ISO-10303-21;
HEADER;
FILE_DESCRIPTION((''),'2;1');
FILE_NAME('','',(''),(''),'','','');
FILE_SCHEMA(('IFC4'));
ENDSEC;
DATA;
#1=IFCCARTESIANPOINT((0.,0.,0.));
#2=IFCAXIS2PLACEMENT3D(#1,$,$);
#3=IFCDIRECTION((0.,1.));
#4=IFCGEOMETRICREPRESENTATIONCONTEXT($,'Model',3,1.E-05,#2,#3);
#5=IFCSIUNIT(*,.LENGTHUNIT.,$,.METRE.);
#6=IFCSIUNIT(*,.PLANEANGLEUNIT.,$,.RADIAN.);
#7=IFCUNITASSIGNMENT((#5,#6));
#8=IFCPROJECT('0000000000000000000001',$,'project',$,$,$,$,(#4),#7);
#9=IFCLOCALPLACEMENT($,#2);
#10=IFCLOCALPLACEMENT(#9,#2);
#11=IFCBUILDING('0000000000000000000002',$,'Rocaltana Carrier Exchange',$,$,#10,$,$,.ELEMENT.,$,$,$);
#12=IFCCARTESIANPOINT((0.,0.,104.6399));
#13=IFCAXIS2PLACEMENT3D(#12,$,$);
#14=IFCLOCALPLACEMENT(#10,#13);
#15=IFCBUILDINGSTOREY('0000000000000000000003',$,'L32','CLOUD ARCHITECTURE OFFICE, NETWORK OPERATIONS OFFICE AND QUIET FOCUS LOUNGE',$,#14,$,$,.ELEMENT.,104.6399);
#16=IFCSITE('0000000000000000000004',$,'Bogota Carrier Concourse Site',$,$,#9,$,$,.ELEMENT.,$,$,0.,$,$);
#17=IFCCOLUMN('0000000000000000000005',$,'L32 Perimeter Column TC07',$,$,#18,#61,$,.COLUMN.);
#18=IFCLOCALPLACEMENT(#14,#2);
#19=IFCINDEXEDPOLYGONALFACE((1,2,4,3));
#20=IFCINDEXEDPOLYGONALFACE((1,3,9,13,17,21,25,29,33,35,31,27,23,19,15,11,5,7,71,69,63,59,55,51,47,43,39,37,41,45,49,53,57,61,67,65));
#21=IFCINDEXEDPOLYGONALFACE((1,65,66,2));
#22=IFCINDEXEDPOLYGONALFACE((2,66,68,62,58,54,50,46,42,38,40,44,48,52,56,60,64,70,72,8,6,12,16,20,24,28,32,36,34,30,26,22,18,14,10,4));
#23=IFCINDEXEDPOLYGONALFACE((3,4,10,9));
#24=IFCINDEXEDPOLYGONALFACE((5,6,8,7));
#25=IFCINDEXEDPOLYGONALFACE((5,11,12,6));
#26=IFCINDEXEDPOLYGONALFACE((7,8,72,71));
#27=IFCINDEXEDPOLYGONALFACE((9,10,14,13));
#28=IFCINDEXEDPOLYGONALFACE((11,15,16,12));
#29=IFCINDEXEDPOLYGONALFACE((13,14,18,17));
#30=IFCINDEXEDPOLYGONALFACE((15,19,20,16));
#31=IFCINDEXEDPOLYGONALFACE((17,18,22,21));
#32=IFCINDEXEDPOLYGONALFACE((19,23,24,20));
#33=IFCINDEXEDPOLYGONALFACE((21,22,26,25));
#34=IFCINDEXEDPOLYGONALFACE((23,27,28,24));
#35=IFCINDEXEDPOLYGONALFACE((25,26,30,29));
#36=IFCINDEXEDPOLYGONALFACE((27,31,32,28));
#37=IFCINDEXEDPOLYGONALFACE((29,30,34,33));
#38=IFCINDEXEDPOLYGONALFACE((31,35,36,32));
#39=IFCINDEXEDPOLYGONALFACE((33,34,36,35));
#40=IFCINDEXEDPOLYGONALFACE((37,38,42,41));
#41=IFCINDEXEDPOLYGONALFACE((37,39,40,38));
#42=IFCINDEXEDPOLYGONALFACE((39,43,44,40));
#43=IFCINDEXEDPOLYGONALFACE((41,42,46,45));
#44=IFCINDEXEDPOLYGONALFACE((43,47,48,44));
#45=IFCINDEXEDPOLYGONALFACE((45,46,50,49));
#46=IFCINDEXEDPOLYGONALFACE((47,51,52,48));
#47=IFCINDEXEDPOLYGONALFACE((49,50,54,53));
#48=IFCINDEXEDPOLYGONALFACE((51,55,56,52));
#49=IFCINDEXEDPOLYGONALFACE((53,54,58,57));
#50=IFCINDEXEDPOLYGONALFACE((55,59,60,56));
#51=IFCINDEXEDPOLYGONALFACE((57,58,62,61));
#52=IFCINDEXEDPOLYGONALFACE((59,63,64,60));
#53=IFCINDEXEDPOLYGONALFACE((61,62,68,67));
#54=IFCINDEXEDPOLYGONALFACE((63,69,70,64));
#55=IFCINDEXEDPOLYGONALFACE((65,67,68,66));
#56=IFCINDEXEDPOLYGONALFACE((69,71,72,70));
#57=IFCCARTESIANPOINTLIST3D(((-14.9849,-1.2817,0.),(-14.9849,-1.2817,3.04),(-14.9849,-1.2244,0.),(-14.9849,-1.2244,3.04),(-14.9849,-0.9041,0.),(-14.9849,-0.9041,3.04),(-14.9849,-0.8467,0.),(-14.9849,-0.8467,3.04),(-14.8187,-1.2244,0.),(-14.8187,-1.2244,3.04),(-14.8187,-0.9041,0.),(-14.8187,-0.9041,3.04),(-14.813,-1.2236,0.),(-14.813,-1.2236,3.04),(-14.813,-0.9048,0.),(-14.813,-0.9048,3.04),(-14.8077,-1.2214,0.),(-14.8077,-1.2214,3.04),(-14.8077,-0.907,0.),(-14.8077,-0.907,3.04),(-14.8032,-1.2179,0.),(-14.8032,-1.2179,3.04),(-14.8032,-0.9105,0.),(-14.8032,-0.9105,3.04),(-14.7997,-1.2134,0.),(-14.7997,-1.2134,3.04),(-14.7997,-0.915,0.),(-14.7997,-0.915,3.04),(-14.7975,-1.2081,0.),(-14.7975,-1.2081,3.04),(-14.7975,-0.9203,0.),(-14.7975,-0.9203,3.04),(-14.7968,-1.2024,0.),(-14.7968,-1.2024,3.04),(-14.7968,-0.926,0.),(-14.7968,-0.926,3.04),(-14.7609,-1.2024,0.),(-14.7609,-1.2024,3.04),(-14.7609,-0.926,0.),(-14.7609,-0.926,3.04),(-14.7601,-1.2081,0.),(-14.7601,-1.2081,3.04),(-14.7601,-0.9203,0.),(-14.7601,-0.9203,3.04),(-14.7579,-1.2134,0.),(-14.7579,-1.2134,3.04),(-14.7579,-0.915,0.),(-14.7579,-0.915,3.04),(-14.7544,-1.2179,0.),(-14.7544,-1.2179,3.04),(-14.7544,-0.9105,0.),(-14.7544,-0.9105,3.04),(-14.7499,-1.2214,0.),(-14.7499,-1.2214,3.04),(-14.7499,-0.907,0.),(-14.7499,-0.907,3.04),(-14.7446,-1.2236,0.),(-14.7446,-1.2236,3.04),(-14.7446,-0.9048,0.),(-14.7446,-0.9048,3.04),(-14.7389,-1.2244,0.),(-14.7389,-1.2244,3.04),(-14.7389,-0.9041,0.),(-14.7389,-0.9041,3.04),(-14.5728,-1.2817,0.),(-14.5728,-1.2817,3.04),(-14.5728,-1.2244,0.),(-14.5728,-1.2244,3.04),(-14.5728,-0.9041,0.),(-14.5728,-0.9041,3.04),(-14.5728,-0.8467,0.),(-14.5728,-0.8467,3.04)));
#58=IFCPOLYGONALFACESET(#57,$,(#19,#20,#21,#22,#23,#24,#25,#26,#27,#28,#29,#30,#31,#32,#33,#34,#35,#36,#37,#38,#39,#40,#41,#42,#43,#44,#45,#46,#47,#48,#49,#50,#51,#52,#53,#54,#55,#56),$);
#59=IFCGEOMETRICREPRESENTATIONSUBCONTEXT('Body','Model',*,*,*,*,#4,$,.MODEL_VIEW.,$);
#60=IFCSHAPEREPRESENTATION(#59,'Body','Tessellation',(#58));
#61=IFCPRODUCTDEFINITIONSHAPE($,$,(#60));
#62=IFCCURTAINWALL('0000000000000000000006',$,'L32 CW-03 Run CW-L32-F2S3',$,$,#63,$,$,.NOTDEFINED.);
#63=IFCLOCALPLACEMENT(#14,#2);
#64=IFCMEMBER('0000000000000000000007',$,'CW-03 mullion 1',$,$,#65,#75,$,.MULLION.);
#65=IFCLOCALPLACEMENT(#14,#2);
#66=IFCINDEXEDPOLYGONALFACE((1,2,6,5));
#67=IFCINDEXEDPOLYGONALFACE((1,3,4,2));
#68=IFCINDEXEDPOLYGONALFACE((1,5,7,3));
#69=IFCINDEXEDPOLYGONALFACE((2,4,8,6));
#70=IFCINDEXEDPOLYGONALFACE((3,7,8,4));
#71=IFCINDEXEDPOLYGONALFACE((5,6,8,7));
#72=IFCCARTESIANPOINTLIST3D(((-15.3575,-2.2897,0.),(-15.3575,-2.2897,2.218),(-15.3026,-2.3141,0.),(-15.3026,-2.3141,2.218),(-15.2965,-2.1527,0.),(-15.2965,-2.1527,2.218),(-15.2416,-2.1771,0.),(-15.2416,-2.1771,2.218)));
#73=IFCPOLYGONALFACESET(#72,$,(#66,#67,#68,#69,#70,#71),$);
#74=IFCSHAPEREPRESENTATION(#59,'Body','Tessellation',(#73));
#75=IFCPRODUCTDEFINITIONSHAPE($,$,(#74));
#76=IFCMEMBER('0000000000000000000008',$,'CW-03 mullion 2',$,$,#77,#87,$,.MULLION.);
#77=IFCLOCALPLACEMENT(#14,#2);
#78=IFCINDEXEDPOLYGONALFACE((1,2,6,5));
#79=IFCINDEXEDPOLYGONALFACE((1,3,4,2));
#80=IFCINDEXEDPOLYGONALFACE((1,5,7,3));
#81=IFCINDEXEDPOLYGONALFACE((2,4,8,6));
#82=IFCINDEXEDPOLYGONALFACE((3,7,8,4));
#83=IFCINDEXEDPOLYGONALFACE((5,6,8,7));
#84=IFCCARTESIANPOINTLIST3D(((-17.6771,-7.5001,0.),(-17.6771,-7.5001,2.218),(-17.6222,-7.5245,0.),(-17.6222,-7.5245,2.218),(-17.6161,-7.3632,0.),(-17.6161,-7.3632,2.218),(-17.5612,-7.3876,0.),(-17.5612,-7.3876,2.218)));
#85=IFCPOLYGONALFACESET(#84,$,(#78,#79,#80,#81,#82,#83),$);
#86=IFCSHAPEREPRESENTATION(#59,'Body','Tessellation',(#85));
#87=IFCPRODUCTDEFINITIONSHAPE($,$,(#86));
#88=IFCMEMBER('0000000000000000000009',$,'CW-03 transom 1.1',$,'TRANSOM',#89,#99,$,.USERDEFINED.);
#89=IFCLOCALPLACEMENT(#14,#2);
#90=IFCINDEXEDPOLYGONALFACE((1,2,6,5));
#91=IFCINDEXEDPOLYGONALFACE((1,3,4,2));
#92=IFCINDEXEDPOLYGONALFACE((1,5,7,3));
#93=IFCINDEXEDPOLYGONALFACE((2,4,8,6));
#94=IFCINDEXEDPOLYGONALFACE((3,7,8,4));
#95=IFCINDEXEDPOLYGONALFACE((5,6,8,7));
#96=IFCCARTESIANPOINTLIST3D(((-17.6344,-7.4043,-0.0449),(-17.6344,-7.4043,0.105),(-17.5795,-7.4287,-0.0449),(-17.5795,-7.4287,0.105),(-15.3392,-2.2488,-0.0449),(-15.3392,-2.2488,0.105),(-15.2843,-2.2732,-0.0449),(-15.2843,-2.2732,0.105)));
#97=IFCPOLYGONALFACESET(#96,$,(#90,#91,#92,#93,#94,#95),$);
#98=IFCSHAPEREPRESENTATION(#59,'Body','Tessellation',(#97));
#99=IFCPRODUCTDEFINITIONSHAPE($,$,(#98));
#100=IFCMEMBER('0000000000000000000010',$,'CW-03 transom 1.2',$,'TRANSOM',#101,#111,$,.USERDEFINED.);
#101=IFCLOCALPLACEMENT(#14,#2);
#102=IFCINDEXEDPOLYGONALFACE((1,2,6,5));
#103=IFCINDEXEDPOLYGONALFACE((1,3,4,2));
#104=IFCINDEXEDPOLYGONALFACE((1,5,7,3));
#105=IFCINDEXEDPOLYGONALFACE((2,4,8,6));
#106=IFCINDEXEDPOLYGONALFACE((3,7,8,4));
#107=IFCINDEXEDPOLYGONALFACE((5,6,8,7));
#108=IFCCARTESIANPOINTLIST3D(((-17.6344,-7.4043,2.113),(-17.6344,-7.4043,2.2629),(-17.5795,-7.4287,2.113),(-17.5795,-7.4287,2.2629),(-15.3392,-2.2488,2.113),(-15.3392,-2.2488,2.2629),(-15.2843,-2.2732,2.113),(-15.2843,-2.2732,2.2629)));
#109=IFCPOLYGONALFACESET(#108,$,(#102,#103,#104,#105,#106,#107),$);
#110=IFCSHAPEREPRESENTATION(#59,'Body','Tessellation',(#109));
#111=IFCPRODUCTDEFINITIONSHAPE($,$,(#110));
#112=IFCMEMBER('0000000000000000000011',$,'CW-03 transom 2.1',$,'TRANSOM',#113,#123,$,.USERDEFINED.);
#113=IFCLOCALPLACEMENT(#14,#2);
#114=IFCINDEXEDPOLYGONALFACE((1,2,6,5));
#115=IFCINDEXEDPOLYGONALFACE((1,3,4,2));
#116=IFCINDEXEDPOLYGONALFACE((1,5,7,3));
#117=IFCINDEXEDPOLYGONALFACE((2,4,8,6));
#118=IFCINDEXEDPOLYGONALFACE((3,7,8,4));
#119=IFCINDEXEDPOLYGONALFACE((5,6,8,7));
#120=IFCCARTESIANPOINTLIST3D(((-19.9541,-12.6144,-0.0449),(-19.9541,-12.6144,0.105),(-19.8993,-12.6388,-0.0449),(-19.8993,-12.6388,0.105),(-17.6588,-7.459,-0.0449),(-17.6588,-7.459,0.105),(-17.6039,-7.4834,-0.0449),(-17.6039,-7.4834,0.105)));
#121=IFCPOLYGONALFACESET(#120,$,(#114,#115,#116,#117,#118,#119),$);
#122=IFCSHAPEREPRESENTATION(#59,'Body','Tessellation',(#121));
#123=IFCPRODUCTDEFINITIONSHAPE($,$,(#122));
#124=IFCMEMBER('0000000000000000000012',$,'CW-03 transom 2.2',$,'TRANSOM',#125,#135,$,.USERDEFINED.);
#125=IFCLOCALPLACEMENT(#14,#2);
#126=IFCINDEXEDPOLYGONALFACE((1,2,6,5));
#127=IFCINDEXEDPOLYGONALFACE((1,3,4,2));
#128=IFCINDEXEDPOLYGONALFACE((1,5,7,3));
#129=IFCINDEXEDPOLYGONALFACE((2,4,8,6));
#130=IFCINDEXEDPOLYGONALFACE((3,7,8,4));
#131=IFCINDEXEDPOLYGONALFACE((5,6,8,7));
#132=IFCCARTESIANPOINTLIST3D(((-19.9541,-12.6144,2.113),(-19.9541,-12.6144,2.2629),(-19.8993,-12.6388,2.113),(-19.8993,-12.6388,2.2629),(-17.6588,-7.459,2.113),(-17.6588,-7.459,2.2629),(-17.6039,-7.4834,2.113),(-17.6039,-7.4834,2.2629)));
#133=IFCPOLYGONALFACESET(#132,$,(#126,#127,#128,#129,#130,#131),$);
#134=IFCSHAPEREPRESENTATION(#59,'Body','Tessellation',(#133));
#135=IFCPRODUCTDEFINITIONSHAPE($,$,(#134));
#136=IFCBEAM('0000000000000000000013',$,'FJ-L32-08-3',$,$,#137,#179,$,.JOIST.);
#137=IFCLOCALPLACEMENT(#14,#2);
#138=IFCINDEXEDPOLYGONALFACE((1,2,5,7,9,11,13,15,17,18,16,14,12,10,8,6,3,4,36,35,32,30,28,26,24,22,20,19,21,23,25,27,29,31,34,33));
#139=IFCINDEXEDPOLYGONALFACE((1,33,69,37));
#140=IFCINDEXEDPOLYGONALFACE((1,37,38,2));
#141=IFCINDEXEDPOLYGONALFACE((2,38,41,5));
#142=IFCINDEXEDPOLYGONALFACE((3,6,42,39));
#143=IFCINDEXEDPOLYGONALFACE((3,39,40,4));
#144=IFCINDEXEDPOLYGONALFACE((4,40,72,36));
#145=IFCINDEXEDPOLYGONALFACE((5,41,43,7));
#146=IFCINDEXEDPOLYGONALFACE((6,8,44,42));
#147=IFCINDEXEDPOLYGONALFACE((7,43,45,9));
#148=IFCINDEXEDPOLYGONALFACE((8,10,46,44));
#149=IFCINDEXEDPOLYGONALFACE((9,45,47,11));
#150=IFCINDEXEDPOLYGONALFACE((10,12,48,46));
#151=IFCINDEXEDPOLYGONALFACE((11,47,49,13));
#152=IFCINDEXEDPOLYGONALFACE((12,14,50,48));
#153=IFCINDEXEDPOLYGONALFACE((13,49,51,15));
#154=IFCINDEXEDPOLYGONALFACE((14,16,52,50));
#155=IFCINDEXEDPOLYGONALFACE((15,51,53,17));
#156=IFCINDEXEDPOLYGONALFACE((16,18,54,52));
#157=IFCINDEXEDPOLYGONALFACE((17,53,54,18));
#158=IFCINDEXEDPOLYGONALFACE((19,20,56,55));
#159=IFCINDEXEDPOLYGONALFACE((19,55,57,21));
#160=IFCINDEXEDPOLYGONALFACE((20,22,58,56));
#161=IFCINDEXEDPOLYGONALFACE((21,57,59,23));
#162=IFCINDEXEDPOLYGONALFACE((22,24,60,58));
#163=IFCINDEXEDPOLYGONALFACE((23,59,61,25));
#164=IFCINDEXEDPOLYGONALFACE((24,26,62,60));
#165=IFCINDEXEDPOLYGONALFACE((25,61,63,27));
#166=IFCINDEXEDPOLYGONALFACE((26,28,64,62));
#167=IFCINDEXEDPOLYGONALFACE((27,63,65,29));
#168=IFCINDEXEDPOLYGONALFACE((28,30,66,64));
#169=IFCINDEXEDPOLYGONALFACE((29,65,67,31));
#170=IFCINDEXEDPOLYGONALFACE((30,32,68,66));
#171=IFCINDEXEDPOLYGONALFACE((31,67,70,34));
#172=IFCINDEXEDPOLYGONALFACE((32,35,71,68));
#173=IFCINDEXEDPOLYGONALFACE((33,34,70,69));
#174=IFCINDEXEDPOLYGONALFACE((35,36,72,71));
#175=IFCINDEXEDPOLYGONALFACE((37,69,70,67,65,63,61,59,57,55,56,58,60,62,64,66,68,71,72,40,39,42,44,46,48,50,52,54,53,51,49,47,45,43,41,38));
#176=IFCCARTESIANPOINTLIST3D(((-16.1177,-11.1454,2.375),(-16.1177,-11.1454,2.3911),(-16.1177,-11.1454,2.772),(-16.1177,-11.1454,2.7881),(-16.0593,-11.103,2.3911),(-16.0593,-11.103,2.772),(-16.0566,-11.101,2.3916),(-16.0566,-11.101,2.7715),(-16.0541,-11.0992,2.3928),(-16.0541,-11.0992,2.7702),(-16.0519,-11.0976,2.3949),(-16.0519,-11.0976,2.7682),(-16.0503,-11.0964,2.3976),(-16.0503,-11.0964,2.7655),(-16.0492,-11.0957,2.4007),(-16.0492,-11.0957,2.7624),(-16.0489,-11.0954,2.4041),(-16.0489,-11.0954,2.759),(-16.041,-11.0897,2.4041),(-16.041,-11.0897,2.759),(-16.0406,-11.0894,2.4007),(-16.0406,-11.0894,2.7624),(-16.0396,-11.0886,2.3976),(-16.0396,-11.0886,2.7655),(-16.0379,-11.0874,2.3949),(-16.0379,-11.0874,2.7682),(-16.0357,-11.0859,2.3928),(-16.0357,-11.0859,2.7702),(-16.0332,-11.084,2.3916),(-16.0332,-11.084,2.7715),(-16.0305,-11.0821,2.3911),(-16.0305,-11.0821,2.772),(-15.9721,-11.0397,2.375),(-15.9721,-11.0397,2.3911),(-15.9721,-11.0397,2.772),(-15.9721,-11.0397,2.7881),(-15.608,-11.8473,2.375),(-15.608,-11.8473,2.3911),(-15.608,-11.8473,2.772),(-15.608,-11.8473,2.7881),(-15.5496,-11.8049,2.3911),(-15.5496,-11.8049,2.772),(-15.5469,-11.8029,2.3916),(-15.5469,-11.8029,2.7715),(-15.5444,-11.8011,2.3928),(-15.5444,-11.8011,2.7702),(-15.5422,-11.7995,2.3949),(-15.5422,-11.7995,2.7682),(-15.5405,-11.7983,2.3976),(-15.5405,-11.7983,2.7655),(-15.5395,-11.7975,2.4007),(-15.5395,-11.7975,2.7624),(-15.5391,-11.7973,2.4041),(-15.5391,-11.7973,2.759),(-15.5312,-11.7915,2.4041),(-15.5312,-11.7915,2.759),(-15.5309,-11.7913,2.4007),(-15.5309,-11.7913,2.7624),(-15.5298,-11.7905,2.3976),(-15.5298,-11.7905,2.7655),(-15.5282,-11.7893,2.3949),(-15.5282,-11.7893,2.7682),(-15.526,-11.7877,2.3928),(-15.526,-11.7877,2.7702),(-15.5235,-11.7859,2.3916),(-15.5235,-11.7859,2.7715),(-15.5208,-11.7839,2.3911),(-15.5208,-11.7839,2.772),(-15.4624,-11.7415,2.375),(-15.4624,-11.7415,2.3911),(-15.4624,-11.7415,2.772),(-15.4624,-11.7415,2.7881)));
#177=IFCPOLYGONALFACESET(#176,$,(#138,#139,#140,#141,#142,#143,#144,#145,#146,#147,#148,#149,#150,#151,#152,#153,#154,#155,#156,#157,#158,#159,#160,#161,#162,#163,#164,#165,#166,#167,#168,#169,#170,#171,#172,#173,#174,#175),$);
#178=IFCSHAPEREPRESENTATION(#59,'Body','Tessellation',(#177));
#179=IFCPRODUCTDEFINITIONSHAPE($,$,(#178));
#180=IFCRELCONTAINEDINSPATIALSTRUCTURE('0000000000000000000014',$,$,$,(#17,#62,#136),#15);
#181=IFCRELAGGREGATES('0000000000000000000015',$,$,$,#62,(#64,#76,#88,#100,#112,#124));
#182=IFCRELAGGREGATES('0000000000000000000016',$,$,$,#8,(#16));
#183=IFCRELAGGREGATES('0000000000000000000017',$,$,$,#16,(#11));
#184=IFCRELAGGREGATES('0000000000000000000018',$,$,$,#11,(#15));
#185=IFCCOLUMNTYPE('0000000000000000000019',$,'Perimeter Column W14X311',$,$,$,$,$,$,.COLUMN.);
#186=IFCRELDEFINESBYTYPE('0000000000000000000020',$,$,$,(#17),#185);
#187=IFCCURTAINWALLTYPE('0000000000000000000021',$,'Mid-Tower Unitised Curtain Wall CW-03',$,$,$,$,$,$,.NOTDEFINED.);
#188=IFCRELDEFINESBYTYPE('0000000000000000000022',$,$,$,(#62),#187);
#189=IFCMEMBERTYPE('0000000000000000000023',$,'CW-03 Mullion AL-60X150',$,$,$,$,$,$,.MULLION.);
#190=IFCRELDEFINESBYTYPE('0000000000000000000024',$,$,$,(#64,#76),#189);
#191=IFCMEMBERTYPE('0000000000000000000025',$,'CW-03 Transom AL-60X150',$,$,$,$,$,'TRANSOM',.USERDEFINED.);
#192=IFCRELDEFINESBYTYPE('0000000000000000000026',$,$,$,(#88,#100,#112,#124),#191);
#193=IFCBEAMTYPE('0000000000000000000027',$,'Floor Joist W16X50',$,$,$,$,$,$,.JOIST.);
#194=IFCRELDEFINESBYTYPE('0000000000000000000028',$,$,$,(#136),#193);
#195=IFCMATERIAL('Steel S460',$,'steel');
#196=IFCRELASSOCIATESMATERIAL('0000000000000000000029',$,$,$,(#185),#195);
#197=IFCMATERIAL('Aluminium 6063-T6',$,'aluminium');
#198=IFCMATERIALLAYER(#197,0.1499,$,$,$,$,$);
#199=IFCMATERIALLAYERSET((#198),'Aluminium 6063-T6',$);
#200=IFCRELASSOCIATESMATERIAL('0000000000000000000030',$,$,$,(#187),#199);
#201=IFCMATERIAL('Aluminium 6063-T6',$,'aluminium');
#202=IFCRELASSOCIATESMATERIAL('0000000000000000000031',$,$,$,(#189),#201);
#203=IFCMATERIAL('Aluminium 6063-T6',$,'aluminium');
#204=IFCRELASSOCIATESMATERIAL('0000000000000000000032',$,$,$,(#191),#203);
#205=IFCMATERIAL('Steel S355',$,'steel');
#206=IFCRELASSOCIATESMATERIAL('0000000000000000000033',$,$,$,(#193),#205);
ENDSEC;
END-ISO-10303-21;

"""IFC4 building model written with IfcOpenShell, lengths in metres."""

from ifc_helpers import new_model, si_unit, direction, frame, origin, origin_2d, place, context, subcontext, project, spatial, rectangle, i_section, extrude, material, layer, layer_set, material_profile, profile_set, type_object, element, aggregate, save


model = new_model("IFC4")

# Units and contexts
model_context = context("Model", 3, precision=1e-05, world=origin(), true_north=direction((0.0, 1.0)))
body_context = subcontext(model_context, "Body", "Model", "MODEL_VIEW")
ifc_project = project(units=[si_unit("LENGTHUNIT", "METRE"), si_unit("PLANEANGLEUNIT", "RADIAN")], contexts=[model_context])

# Site, building, storey
site_placement = place(None, origin())
site = spatial("IfcSite", under=ifc_project, at=site_placement, Name="Bogota Carrier Concourse Site", CompositionType="ELEMENT", RefElevation=0.0)
building_placement = place(site_placement, origin())
building = spatial("IfcBuilding", under=site, at=building_placement, Name="Rocaltana Carrier Exchange", CompositionType="ELEMENT")
storey_placement = place(building_placement, frame((0.0, 0.0, 104.6399)))
storey = spatial("IfcBuildingStorey", under=building, at=storey_placement, Name="L32", Description="CLOUD ARCHITECTURE OFFICE, NETWORK OPERATIONS OFFICE AND QUIET FOCUS LOUNGE", CompositionType="ELEMENT", Elevation=104.6399)

# Column
ifc_material_1 = material(Name="Steel S460", Category="steel")
ifc_material_profile_1 = material_profile(ifc_material_1, i_section(OverallWidth=0.4121, OverallDepth=0.4351, WebThickness=0.0359, FlangeThickness=0.0574, FilletRadius=0.022, at=origin_2d()), Name="W14X311")
ifc_profile_set_1 = profile_set([ifc_material_profile_1], Name="Steel S460")
column_type = type_object("IfcColumnType", Name="Perimeter Column W14X311", PredefinedType="COLUMN", material=ifc_profile_set_1)
column_placement = place(storey_placement, frame((-14.7788, -1.0642, 0.0), z_axis=(0.0, 0.0, 1.0), x_axis=(1.0, 0.0, 0.0)))
element("IfcColumn", 1, at=column_placement, inside=storey, type_object=column_type, Name="L32 Perimeter Column TC07", PredefinedType="COLUMN", context=body_context, shape_type="SweptSolid", body=[
    extrude(i_section(OverallWidth=0.4121, OverallDepth=0.4351, WebThickness=0.0359, FlangeThickness=0.0574, FilletRadius=0.022, at=origin_2d()), origin(), (0.0, 0.0, 1.0), 3.04),
])

# Curtain wall, members
ifc_material_2 = material(Name="Aluminium 6063-T6", Category="aluminium")
ifc_layer_1 = layer(ifc_material_2, 0.1499)
ifc_layer_set_1 = layer_set([ifc_layer_1], Name="Aluminium 6063-T6")
curtain_wall_type = type_object("IfcCurtainWallType", Name="Mid-Tower Unitised Curtain Wall CW-03", PredefinedType="NOTDEFINED", material=ifc_layer_set_1)
curtain_wall_placement = place(storey_placement, origin())
curtain_wall = element("IfcCurtainWall", 2, at=curtain_wall_placement, inside=storey, type_object=curtain_wall_type, Name="L32 CW-03 Run CW-L32-F2S3", PredefinedType="NOTDEFINED")
ifc_material_3 = material(Name="Aluminium 6063-T6", Category="aluminium")
ifc_material_profile_2 = material_profile(ifc_material_3, rectangle(XDim=0.0601, YDim=0.1499, at=origin_2d()), Name="AL-60X150")
ifc_profile_set_2 = profile_set([ifc_material_profile_2], Name="Aluminium 6063-T6")
member_type_1 = type_object("IfcMemberType", Name="CW-03 Mullion AL-60X150", PredefinedType="MULLION", material=ifc_profile_set_2)
member_1_placement = place(storey_placement, frame((-15.2996, -2.2334, 0.0), z_axis=(0.0, 0.0, 1.0), x_axis=(0.913547, -0.406733, 0.0)))
member_1 = element("IfcMember", 3, at=member_1_placement, type_object=member_type_1, Name="CW-03 mullion 1", PredefinedType="MULLION", context=body_context, shape_type="SweptSolid", body=[
    extrude(rectangle(XDim=0.0601, YDim=0.1499, at=origin_2d()), origin(), (0.0, 0.0, 1.0), 2.218),
])
member_2_placement = place(storey_placement, frame((-17.6191, -7.4438, 0.0), z_axis=(0.0, 0.0, 1.0), x_axis=(0.913547, -0.406733, 0.0)))
member_2 = element("IfcMember", 4, at=member_2_placement, type_object=member_type_1, Name="CW-03 mullion 2", PredefinedType="MULLION", context=body_context, shape_type="SweptSolid", body=[
    extrude(rectangle(XDim=0.0601, YDim=0.1499, at=origin_2d()), origin(), (0.0, 0.0, 1.0), 2.218),
])
ifc_material_4 = material(Name="Aluminium 6063-T6", Category="aluminium")
ifc_material_profile_3 = material_profile(ifc_material_4, rectangle(XDim=0.0601, YDim=0.1499, at=origin_2d()), Name="AL-60X150")
ifc_profile_set_3 = profile_set([ifc_material_profile_3], Name="Aluminium 6063-T6")
member_type_2 = type_object("IfcMemberType", Name="CW-03 Transom AL-60X150", ElementType="TRANSOM", PredefinedType="USERDEFINED", material=ifc_profile_set_3)
member_3_placement = place(storey_placement, frame((-15.3118, -2.261, 0.03), z_axis=(-0.406704, -0.91356, 0.0), x_axis=(0.91356, -0.406704, 0.0)))
member_3 = element("IfcMember", 5, at=member_3_placement, type_object=member_type_2, Name="CW-03 transom 1.1", ObjectType="TRANSOM", PredefinedType="USERDEFINED", context=body_context, shape_type="SweptSolid", body=[
    extrude(rectangle(XDim=0.0601, YDim=0.1499, at=origin_2d()), origin(), (0.0, 0.0, 1.0), 5.6433),
])
member_4_placement = place(storey_placement, frame((-15.3118, -2.261, 2.188), z_axis=(-0.406704, -0.91356, 0.0), x_axis=(0.91356, -0.406704, 0.0)))
member_4 = element("IfcMember", 6, at=member_4_placement, type_object=member_type_2, Name="CW-03 transom 1.2", ObjectType="TRANSOM", PredefinedType="USERDEFINED", context=body_context, shape_type="SweptSolid", body=[
    extrude(rectangle(XDim=0.0601, YDim=0.1499, at=origin_2d()), origin(), (0.0, 0.0, 1.0), 5.6433),
])
member_5_placement = place(storey_placement, frame((-17.6313, -7.4712, 0.03), z_axis=(-0.40674, -0.913544, 0.0), x_axis=(0.913544, -0.40674, 0.0)))
member_5 = element("IfcMember", 7, at=member_5_placement, type_object=member_type_2, Name="CW-03 transom 2.1", ObjectType="TRANSOM", PredefinedType="USERDEFINED", context=body_context, shape_type="SweptSolid", body=[
    extrude(rectangle(XDim=0.0601, YDim=0.1499, at=origin_2d()), origin(), (0.0, 0.0, 1.0), 5.6433),
])
member_6_placement = place(storey_placement, frame((-17.6313, -7.4712, 2.188), z_axis=(-0.40674, -0.913544, 0.0), x_axis=(0.913544, -0.40674, 0.0)))
member_6 = element("IfcMember", 8, at=member_6_placement, type_object=member_type_2, Name="CW-03 transom 2.2", ObjectType="TRANSOM", PredefinedType="USERDEFINED", context=body_context, shape_type="SweptSolid", body=[
    extrude(rectangle(XDim=0.0601, YDim=0.1499, at=origin_2d()), origin(), (0.0, 0.0, 1.0), 5.6433),
])

# Beam
ifc_material_5 = material(Name="Steel S355", Category="steel")
ifc_material_profile_4 = material_profile(ifc_material_5, i_section(OverallWidth=0.1799, OverallDepth=0.4131, WebThickness=0.0098, FlangeThickness=0.0161, FilletRadius=0.0129, at=origin_2d()), Name="W16X50")
ifc_profile_set_4 = profile_set([ifc_material_profile_4], Name="Steel S355")
beam_type_1 = type_object("IfcBeamType", Name="Floor Joist W16X50", PredefinedType="JOIST", material=ifc_profile_set_4)
beam_1_placement = place(storey_placement, frame((-16.0449, -11.0925, 2.5815), z_axis=(0.587636, -0.809125, 0.0), x_axis=(0.809125, 0.587636, 0.0)))
element("IfcBeam", 9, at=beam_1_placement, inside=storey, type_object=beam_type_1, Name="FJ-L32-08-3", PredefinedType="JOIST", context=body_context, shape_type="SweptSolid", body=[
    extrude(i_section(OverallWidth=0.1799, OverallDepth=0.4131, WebThickness=0.0098, FlangeThickness=0.0161, FilletRadius=0.0129, at=origin_2d()), origin(), (0.0, 0.0, 1.0), 0.8674),
])

aggregate(curtain_wall, [member_1, member_2, member_3, member_4, member_5, member_6])

save(model, "model.ifc")
